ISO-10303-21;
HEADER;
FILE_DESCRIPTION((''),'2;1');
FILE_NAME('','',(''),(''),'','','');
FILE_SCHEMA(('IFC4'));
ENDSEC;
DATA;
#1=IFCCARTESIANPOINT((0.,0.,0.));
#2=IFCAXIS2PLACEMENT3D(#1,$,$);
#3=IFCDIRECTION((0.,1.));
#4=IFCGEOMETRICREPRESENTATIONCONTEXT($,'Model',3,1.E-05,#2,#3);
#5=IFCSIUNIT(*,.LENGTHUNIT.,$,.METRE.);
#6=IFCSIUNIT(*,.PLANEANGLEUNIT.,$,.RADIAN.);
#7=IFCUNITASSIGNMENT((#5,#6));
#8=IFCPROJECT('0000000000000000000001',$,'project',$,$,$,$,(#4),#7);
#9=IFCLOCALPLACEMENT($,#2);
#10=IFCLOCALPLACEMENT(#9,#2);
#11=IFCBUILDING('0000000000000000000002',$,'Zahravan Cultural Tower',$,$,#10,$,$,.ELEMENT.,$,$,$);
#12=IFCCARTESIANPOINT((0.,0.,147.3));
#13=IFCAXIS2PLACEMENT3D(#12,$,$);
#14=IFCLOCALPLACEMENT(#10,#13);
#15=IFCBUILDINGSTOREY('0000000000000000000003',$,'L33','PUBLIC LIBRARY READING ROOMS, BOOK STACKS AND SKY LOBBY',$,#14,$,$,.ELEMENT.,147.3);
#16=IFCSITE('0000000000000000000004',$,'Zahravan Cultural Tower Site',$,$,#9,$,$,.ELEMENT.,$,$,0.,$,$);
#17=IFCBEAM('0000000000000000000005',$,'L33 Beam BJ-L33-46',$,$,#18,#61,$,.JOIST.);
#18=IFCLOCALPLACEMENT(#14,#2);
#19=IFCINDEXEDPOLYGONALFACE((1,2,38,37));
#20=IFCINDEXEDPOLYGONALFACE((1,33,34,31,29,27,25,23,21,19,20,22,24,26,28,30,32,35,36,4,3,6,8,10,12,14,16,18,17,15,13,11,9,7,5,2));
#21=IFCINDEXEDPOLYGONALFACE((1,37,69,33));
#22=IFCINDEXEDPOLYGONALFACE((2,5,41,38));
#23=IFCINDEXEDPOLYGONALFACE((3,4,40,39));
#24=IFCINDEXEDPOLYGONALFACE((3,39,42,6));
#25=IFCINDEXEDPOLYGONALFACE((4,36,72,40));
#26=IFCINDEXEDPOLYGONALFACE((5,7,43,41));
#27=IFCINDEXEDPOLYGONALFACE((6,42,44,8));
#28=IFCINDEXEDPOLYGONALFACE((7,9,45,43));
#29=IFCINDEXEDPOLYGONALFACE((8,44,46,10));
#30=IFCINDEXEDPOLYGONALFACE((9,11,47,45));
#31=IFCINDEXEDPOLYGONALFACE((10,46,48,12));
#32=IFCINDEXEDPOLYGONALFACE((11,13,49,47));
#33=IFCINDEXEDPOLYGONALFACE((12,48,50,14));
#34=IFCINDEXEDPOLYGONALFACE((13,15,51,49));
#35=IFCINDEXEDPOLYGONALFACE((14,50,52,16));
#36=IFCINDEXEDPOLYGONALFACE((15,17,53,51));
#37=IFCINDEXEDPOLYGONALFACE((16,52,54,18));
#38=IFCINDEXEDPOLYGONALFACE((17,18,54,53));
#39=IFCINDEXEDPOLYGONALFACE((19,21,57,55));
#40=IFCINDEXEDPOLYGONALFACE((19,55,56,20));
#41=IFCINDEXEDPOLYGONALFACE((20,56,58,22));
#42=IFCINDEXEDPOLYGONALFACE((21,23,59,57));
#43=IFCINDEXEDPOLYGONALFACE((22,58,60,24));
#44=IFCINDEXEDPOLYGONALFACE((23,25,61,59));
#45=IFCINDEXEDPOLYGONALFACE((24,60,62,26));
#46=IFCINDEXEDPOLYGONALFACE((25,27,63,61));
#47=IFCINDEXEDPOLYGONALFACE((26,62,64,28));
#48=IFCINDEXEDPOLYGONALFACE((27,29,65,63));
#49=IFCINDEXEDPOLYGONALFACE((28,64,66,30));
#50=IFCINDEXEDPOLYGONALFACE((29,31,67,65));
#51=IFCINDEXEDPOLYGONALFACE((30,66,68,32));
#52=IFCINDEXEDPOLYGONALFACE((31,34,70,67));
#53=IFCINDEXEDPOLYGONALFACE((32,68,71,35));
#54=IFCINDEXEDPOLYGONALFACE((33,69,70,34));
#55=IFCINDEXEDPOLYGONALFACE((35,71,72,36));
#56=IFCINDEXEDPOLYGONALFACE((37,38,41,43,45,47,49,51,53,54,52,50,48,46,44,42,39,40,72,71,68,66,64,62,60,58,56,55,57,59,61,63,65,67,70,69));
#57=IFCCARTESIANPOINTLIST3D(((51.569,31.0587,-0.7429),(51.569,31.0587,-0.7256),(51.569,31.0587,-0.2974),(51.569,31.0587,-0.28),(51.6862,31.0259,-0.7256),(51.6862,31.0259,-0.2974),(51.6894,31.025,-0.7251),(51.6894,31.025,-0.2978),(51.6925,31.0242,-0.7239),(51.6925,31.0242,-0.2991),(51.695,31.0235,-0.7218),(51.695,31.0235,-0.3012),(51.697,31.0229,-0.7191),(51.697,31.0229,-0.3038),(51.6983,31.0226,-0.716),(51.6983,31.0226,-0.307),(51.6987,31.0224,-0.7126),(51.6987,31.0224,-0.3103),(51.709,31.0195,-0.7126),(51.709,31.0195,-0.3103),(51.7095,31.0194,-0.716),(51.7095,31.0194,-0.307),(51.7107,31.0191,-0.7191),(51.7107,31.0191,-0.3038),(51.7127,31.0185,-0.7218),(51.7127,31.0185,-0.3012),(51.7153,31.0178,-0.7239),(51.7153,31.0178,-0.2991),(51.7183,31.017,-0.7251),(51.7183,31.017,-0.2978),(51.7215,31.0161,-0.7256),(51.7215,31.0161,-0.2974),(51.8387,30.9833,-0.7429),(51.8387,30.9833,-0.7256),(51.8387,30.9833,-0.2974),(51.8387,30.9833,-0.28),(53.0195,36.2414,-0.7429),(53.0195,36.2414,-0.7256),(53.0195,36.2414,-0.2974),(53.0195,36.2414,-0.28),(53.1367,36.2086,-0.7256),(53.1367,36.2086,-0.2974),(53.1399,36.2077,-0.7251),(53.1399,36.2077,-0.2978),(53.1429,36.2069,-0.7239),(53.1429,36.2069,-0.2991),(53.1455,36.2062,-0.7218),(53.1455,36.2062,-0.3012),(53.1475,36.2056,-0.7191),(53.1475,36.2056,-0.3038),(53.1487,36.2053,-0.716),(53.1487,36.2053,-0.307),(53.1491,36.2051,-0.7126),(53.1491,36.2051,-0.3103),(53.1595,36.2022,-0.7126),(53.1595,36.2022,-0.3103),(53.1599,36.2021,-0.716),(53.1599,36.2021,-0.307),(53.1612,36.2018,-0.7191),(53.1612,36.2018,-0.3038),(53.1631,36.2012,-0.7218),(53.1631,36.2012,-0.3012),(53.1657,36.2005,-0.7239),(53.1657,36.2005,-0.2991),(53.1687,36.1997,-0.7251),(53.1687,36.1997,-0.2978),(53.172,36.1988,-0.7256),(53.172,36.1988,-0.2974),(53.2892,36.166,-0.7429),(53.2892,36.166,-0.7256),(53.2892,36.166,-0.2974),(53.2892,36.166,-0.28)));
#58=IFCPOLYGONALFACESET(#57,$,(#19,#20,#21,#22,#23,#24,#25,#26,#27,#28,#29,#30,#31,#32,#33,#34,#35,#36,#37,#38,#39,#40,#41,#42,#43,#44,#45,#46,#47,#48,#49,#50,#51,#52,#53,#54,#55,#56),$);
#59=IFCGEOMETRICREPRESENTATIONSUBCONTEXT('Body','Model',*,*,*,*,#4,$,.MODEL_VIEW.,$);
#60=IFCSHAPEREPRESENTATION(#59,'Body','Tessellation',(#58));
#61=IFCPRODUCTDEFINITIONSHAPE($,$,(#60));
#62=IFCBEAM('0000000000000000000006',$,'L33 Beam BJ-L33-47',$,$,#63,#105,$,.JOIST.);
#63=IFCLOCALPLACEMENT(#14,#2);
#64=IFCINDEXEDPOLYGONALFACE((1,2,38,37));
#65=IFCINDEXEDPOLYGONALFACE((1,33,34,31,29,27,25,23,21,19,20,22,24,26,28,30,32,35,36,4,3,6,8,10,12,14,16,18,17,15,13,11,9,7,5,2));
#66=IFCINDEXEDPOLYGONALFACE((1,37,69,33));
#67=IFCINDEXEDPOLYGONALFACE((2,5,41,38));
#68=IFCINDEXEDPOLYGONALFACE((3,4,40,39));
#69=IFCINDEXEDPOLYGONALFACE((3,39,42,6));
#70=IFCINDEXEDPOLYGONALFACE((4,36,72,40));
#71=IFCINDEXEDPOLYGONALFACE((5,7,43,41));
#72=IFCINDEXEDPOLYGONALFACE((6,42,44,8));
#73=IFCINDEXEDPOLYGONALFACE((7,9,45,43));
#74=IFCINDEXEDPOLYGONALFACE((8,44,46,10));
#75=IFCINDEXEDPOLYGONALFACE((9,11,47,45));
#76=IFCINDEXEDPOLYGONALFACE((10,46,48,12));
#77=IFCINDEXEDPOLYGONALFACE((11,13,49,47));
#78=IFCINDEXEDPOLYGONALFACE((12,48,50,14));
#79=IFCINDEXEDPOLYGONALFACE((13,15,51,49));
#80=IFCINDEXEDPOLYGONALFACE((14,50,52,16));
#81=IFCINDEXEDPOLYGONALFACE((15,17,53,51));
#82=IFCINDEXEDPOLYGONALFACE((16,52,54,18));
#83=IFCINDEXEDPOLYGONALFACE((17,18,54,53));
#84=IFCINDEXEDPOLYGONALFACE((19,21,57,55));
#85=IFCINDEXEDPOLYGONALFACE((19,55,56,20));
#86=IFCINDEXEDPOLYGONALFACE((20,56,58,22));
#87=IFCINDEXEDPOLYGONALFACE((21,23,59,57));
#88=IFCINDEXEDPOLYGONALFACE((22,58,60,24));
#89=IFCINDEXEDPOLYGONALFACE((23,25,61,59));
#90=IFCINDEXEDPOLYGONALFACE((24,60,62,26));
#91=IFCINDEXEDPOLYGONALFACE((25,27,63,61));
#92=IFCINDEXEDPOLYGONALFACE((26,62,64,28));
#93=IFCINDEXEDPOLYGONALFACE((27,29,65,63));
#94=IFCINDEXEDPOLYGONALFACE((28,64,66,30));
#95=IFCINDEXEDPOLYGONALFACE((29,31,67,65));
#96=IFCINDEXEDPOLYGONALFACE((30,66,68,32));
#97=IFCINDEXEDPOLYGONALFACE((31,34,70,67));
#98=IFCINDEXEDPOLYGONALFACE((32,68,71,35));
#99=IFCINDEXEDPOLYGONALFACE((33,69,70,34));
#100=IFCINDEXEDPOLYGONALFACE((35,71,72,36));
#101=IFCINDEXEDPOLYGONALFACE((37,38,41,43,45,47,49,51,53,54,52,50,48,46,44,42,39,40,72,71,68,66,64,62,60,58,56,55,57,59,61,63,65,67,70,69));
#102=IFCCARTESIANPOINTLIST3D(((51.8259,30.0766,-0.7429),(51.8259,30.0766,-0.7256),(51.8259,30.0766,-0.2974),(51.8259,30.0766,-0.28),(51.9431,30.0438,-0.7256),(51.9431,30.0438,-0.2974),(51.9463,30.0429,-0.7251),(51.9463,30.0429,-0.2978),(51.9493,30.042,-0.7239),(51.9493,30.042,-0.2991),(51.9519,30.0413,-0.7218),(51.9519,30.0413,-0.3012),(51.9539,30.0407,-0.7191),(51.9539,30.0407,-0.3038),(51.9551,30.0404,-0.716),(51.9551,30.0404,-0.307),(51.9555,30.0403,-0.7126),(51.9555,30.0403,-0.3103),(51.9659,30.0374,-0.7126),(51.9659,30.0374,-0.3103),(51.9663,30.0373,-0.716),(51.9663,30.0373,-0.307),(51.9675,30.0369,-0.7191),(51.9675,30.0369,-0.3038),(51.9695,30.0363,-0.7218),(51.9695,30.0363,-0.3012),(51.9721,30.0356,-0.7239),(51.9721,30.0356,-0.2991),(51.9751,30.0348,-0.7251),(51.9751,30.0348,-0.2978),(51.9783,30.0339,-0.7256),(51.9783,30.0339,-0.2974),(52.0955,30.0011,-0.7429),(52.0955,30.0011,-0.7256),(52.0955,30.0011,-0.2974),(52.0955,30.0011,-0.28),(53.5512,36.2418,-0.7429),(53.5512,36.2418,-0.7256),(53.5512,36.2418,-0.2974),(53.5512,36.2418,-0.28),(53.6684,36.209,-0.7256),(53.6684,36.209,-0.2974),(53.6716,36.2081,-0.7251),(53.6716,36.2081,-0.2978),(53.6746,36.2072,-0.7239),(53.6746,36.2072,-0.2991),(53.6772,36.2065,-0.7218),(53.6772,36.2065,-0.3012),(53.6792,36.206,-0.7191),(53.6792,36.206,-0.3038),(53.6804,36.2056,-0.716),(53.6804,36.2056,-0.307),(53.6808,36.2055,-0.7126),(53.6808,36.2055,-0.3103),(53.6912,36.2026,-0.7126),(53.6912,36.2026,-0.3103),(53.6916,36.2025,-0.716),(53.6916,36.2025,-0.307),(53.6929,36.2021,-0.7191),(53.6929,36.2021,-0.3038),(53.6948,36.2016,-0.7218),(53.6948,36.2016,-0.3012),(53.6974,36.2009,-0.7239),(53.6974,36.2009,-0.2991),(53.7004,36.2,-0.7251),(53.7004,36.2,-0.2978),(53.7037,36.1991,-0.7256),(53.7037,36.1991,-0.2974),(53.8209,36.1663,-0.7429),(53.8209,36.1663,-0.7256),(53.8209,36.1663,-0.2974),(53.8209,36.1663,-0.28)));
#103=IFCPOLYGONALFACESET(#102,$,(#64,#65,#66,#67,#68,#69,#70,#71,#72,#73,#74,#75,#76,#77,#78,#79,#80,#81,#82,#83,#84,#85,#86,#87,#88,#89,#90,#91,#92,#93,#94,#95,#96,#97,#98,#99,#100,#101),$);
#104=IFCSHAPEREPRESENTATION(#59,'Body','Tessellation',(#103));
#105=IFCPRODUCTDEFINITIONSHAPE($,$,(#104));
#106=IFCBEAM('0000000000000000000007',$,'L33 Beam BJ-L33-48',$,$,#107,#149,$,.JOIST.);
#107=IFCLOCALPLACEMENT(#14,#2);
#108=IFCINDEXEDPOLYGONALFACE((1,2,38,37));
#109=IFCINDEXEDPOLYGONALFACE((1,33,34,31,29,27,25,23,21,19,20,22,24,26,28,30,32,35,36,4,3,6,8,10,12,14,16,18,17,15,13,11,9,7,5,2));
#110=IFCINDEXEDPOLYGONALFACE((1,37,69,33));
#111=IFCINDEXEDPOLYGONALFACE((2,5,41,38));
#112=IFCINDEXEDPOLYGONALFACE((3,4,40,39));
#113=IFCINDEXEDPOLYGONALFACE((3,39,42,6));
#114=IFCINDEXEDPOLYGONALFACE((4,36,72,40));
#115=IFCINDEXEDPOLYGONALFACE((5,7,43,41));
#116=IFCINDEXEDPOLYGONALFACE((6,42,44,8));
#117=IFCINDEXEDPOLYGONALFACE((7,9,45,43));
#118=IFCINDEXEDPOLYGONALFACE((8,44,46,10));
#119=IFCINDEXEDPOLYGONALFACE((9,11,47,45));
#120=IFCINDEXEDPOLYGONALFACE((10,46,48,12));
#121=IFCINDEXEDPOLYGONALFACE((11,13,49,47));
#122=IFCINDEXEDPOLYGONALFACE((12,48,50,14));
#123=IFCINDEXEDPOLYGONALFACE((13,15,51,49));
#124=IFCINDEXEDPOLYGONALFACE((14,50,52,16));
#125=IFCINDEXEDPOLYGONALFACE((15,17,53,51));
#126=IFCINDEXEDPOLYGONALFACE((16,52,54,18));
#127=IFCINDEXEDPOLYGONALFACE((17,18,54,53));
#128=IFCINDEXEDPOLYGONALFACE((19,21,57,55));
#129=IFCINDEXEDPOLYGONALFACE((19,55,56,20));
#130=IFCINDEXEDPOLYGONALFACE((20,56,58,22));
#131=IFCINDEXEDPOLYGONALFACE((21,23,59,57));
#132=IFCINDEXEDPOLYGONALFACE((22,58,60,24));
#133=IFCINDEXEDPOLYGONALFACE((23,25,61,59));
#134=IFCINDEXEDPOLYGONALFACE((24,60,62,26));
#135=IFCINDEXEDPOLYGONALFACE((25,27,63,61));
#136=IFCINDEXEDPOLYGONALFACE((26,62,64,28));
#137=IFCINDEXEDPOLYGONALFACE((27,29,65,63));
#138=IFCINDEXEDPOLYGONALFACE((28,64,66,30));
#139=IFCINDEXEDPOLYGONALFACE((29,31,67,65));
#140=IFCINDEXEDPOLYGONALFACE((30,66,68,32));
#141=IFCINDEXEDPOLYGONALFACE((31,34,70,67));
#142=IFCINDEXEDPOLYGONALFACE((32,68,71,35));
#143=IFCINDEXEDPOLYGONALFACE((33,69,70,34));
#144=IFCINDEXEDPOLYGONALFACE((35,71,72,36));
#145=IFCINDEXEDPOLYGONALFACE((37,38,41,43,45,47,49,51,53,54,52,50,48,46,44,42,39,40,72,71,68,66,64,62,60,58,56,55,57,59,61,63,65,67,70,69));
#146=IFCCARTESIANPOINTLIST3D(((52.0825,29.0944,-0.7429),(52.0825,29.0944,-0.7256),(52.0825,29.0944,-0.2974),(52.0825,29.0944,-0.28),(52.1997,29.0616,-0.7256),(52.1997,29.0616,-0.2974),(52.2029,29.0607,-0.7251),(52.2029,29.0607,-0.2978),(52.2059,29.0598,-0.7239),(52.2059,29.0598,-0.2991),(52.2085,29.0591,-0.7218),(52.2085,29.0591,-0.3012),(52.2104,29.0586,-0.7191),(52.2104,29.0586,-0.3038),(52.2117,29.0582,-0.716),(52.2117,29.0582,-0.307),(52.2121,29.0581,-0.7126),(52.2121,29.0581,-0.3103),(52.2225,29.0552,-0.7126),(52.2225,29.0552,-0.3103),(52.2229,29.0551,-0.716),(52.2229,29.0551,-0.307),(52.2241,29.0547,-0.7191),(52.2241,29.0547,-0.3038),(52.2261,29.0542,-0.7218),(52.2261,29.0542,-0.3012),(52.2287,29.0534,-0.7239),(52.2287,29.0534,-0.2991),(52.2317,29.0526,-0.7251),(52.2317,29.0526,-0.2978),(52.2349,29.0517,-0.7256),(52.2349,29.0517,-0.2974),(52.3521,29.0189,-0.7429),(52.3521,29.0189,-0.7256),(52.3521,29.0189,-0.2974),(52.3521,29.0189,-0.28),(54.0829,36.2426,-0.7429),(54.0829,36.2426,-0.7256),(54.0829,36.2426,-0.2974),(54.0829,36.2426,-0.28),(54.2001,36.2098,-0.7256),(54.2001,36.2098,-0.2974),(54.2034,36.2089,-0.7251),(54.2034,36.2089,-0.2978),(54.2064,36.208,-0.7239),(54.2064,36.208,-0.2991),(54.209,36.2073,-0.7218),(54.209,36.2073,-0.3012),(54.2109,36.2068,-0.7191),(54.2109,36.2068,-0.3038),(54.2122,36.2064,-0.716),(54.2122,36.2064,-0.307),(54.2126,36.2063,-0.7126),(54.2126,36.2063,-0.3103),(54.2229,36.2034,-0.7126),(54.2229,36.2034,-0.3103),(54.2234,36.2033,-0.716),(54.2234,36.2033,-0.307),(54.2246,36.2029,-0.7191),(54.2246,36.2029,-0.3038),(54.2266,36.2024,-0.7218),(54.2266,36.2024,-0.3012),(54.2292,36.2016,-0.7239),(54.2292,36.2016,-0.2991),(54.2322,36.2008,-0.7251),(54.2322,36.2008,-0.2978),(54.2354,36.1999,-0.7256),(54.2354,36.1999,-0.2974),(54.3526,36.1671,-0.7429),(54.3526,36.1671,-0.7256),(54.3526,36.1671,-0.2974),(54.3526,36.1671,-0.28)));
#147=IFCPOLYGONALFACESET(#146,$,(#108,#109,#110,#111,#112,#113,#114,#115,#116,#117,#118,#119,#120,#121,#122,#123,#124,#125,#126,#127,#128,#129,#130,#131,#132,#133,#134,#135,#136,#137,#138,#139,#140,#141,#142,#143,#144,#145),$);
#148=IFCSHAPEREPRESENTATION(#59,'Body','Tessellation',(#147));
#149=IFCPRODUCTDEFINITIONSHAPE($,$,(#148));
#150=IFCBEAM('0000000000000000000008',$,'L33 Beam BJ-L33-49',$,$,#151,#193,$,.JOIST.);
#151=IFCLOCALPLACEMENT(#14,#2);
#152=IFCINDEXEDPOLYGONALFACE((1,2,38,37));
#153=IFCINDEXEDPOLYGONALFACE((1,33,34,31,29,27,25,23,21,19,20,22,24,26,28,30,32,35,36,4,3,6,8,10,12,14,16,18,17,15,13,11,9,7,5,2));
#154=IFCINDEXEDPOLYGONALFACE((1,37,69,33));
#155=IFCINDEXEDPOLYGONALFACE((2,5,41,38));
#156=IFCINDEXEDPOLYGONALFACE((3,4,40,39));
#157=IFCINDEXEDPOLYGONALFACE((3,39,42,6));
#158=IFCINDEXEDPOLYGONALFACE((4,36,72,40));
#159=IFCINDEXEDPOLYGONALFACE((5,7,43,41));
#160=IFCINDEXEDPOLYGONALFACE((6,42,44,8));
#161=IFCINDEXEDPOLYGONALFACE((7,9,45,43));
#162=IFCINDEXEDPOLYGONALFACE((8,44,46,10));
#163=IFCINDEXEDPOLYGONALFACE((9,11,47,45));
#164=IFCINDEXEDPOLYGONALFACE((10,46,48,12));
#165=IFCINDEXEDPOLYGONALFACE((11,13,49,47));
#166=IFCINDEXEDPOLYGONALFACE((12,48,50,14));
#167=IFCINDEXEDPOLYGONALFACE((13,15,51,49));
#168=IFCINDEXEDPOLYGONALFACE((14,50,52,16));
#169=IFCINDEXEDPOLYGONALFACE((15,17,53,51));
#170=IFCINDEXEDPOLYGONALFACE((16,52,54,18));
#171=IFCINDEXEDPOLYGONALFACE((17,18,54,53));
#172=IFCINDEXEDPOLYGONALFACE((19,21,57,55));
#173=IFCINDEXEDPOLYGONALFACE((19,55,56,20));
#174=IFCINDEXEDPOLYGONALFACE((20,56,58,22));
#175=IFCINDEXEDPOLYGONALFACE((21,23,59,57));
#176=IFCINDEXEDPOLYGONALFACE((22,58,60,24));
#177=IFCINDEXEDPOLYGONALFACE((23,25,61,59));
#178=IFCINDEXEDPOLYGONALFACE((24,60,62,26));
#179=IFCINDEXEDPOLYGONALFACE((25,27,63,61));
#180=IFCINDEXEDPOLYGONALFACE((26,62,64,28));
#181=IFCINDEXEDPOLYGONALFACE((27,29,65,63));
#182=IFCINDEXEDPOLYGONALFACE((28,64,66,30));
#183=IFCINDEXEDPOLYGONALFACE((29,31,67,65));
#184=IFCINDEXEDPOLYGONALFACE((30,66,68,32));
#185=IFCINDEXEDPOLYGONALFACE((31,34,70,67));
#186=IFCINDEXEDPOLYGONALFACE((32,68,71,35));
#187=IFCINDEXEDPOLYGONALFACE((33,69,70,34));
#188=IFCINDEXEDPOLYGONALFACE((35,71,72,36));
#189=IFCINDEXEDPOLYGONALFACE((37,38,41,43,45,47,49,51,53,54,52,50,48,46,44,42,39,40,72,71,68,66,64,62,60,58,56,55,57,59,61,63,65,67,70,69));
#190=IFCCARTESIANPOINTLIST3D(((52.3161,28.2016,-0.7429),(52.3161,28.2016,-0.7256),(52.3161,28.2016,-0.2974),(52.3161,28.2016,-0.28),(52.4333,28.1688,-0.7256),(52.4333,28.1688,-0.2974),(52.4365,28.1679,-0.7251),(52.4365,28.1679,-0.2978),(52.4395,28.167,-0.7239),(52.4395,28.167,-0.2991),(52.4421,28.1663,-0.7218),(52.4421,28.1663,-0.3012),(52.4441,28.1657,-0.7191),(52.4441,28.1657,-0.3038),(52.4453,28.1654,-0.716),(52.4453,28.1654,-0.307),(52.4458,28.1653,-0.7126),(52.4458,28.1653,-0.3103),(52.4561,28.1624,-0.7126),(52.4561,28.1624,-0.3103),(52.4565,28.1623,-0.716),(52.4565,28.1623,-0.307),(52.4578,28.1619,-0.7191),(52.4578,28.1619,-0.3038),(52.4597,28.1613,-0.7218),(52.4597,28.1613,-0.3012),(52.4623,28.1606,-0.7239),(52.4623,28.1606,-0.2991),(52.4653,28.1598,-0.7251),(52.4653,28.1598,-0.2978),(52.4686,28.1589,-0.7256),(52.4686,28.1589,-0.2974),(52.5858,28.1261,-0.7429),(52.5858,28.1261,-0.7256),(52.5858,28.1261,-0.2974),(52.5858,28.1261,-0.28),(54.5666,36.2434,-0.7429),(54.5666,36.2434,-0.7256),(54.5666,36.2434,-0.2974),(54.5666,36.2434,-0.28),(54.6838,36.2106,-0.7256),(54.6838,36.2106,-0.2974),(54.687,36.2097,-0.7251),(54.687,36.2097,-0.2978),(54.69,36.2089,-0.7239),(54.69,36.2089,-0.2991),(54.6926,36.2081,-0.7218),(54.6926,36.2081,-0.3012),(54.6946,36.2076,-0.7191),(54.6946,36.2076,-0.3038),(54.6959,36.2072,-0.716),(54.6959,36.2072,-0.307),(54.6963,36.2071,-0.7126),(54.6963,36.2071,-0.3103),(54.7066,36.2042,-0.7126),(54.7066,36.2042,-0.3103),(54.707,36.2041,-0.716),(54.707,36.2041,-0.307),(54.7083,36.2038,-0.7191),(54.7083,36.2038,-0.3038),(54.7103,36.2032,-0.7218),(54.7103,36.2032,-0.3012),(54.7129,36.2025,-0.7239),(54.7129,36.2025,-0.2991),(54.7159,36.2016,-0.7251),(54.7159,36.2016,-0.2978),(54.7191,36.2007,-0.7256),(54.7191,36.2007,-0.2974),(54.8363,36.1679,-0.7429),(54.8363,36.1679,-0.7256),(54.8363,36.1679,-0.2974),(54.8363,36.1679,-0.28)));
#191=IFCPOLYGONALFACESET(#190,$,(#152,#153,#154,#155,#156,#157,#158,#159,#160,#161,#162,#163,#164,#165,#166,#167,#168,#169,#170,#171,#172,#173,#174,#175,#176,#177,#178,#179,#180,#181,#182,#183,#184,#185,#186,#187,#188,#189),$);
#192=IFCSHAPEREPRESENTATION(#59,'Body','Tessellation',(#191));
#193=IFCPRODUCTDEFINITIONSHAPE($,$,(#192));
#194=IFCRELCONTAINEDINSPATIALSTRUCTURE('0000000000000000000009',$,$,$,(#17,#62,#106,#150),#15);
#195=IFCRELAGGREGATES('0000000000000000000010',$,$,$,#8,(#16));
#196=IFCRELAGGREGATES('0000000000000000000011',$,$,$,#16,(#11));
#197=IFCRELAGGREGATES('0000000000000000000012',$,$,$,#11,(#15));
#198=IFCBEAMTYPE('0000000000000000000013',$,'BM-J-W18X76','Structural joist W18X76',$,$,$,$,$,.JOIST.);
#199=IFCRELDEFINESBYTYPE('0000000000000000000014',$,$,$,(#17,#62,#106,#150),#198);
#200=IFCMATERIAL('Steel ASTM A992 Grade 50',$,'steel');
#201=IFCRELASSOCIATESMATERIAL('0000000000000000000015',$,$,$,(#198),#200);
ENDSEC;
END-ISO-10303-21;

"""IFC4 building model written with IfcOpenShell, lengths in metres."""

from ifc_helpers import new_model, si_unit, direction, frame, origin, origin_2d, place, context, subcontext, project, spatial, i_section, extrude, source, transform, mapped, material, material_profile, profile_set, type_object, element, save


model = new_model("IFC4")

# Units and contexts
model_context = context("Model", 3, precision=1e-05, world=origin(), true_north=direction((0.0, 1.0)))
body_context = subcontext(model_context, "Body", "Model", "MODEL_VIEW")
ifc_project = project(units=[si_unit("LENGTHUNIT", "METRE"), si_unit("PLANEANGLEUNIT", "RADIAN")], contexts=[model_context])

# Site, building, storey
site_placement = place(None, origin())
site = spatial("IfcSite", under=ifc_project, at=site_placement, Name="Zahravan Cultural Tower Site", CompositionType="ELEMENT", RefElevation=0.0)
building_placement = place(site_placement, origin())
building = spatial("IfcBuilding", under=site, at=building_placement, Name="Zahravan Cultural Tower", CompositionType="ELEMENT")
storey_placement = place(building_placement, frame((0.0, 0.0, 147.3)))
storey = spatial("IfcBuildingStorey", under=building, at=storey_placement, Name="L33", Description="PUBLIC LIBRARY READING ROOMS, BOOK STACKS AND SKY LOBBY", CompositionType="ELEMENT", Elevation=147.3)

# Shared definitions
ifc_material_1 = material(Name="Steel ASTM A992 Grade 50", Category="steel")

# Beams
ifc_material_profile_1 = material_profile(ifc_material_1, i_section(OverallWidth=0.28, OverallDepth=0.4629, WebThickness=0.0107, FlangeThickness=0.0173, FilletRadius=0.0129, at=origin_2d()), Name="W18X76")
ifc_profile_set_1 = profile_set([ifc_material_profile_1], Name="Steel ASTM A992 Grade 50")
beam_type_1 = type_object("IfcBeamType", Name="BM-J-W18X76", Description="Structural joist W18X76", PredefinedType="JOIST", material=ifc_profile_set_1)
shared_shape_1 = source(origin(), body_context, "Body", "SweptSolid", [
    extrude(i_section(OverallWidth=0.28, OverallDepth=0.4629, WebThickness=0.0107, FlangeThickness=0.0173, FilletRadius=0.0129, at=origin_2d()), origin(), (0.0, 0.0, 1.0), 5.3818),
])
beam_1_placement = place(storey_placement, frame((51.7039, 31.021, -0.5115), z_axis=(0.26951, 0.962997, 0.0), x_axis=(-0.962997, 0.26951, 0.0)))
element("IfcBeam", 1, at=beam_1_placement, inside=storey, type_object=beam_type_1, Name="L33 Beam BJ-L33-46", PredefinedType="JOIST", context=body_context, shape_type="MappedRepresentation", body=[
    mapped(shared_shape_1, transform((0.0, 0.0, 0.0), x_axis=(1.0, 0.0, 0.0), y_axis=(0.0, 1.0, 0.0), z_axis=(0.0, 0.0, 1.0), scale=1.0)),
])
shared_shape_2 = source(origin(), body_context, "Body", "SweptSolid", [
    extrude(i_section(OverallWidth=0.28, OverallDepth=0.4629, WebThickness=0.0107, FlangeThickness=0.0173, FilletRadius=0.0129, at=origin_2d()), origin(), (0.0, 0.0, 1.0), 6.4021),
])
beam_2_placement = place(storey_placement, frame((51.9607, 30.0388, -0.5115), z_axis=(0.269494, 0.963002, 0.0), x_axis=(-0.963002, 0.269494, 0.0)))
element("IfcBeam", 2, at=beam_2_placement, inside=storey, type_object=beam_type_1, Name="L33 Beam BJ-L33-47", PredefinedType="JOIST", context=body_context, shape_type="MappedRepresentation", body=[
    mapped(shared_shape_2, transform((0.0, 0.0, 0.0), x_axis=(1.0, 0.0, 0.0), y_axis=(0.0, 1.0, 0.0), z_axis=(0.0, 0.0, 1.0), scale=1.0)),
])
shared_shape_3 = source(origin(), body_context, "Body", "SweptSolid", [
    extrude(i_section(OverallWidth=0.28, OverallDepth=0.4629, WebThickness=0.0107, FlangeThickness=0.0173, FilletRadius=0.0129, at=origin_2d()), origin(), (0.0, 0.0, 1.0), 7.4229),
])
beam_3_placement = place(storey_placement, frame((52.2173, 29.0566, -0.5115), z_axis=(0.269504, 0.962999, 0.0), x_axis=(-0.962999, 0.269504, 0.0)))
element("IfcBeam", 3, at=beam_3_placement, inside=storey, type_object=beam_type_1, Name="L33 Beam BJ-L33-48", PredefinedType="JOIST", context=body_context, shape_type="MappedRepresentation", body=[
    mapped(shared_shape_3, transform((0.0, 0.0, 0.0), x_axis=(1.0, 0.0, 0.0), y_axis=(0.0, 1.0, 0.0), z_axis=(0.0, 0.0, 1.0), scale=1.0)),
])
shared_shape_4 = source(origin(), body_context, "Body", "SweptSolid", [
    extrude(i_section(OverallWidth=0.28, OverallDepth=0.4629, WebThickness=0.0107, FlangeThickness=0.0173, FilletRadius=0.0129, at=origin_2d()), origin(), (0.0, 0.0, 1.0), 8.3508),
])
beam_4_placement = place(storey_placement, frame((52.4509, 28.1638, -0.5115), z_axis=(0.269497, 0.963001, 0.0), x_axis=(-0.963001, 0.269497, 0.0)))
element("IfcBeam", 4, at=beam_4_placement, inside=storey, type_object=beam_type_1, Name="L33 Beam BJ-L33-49", PredefinedType="JOIST", context=body_context, shape_type="MappedRepresentation", body=[
    mapped(shared_shape_4, transform((0.0, 0.0, 0.0), x_axis=(1.0, 0.0, 0.0), y_axis=(0.0, 1.0, 0.0), z_axis=(0.0, 0.0, 1.0), scale=1.0)),
])

save(model, "model.ifc")
